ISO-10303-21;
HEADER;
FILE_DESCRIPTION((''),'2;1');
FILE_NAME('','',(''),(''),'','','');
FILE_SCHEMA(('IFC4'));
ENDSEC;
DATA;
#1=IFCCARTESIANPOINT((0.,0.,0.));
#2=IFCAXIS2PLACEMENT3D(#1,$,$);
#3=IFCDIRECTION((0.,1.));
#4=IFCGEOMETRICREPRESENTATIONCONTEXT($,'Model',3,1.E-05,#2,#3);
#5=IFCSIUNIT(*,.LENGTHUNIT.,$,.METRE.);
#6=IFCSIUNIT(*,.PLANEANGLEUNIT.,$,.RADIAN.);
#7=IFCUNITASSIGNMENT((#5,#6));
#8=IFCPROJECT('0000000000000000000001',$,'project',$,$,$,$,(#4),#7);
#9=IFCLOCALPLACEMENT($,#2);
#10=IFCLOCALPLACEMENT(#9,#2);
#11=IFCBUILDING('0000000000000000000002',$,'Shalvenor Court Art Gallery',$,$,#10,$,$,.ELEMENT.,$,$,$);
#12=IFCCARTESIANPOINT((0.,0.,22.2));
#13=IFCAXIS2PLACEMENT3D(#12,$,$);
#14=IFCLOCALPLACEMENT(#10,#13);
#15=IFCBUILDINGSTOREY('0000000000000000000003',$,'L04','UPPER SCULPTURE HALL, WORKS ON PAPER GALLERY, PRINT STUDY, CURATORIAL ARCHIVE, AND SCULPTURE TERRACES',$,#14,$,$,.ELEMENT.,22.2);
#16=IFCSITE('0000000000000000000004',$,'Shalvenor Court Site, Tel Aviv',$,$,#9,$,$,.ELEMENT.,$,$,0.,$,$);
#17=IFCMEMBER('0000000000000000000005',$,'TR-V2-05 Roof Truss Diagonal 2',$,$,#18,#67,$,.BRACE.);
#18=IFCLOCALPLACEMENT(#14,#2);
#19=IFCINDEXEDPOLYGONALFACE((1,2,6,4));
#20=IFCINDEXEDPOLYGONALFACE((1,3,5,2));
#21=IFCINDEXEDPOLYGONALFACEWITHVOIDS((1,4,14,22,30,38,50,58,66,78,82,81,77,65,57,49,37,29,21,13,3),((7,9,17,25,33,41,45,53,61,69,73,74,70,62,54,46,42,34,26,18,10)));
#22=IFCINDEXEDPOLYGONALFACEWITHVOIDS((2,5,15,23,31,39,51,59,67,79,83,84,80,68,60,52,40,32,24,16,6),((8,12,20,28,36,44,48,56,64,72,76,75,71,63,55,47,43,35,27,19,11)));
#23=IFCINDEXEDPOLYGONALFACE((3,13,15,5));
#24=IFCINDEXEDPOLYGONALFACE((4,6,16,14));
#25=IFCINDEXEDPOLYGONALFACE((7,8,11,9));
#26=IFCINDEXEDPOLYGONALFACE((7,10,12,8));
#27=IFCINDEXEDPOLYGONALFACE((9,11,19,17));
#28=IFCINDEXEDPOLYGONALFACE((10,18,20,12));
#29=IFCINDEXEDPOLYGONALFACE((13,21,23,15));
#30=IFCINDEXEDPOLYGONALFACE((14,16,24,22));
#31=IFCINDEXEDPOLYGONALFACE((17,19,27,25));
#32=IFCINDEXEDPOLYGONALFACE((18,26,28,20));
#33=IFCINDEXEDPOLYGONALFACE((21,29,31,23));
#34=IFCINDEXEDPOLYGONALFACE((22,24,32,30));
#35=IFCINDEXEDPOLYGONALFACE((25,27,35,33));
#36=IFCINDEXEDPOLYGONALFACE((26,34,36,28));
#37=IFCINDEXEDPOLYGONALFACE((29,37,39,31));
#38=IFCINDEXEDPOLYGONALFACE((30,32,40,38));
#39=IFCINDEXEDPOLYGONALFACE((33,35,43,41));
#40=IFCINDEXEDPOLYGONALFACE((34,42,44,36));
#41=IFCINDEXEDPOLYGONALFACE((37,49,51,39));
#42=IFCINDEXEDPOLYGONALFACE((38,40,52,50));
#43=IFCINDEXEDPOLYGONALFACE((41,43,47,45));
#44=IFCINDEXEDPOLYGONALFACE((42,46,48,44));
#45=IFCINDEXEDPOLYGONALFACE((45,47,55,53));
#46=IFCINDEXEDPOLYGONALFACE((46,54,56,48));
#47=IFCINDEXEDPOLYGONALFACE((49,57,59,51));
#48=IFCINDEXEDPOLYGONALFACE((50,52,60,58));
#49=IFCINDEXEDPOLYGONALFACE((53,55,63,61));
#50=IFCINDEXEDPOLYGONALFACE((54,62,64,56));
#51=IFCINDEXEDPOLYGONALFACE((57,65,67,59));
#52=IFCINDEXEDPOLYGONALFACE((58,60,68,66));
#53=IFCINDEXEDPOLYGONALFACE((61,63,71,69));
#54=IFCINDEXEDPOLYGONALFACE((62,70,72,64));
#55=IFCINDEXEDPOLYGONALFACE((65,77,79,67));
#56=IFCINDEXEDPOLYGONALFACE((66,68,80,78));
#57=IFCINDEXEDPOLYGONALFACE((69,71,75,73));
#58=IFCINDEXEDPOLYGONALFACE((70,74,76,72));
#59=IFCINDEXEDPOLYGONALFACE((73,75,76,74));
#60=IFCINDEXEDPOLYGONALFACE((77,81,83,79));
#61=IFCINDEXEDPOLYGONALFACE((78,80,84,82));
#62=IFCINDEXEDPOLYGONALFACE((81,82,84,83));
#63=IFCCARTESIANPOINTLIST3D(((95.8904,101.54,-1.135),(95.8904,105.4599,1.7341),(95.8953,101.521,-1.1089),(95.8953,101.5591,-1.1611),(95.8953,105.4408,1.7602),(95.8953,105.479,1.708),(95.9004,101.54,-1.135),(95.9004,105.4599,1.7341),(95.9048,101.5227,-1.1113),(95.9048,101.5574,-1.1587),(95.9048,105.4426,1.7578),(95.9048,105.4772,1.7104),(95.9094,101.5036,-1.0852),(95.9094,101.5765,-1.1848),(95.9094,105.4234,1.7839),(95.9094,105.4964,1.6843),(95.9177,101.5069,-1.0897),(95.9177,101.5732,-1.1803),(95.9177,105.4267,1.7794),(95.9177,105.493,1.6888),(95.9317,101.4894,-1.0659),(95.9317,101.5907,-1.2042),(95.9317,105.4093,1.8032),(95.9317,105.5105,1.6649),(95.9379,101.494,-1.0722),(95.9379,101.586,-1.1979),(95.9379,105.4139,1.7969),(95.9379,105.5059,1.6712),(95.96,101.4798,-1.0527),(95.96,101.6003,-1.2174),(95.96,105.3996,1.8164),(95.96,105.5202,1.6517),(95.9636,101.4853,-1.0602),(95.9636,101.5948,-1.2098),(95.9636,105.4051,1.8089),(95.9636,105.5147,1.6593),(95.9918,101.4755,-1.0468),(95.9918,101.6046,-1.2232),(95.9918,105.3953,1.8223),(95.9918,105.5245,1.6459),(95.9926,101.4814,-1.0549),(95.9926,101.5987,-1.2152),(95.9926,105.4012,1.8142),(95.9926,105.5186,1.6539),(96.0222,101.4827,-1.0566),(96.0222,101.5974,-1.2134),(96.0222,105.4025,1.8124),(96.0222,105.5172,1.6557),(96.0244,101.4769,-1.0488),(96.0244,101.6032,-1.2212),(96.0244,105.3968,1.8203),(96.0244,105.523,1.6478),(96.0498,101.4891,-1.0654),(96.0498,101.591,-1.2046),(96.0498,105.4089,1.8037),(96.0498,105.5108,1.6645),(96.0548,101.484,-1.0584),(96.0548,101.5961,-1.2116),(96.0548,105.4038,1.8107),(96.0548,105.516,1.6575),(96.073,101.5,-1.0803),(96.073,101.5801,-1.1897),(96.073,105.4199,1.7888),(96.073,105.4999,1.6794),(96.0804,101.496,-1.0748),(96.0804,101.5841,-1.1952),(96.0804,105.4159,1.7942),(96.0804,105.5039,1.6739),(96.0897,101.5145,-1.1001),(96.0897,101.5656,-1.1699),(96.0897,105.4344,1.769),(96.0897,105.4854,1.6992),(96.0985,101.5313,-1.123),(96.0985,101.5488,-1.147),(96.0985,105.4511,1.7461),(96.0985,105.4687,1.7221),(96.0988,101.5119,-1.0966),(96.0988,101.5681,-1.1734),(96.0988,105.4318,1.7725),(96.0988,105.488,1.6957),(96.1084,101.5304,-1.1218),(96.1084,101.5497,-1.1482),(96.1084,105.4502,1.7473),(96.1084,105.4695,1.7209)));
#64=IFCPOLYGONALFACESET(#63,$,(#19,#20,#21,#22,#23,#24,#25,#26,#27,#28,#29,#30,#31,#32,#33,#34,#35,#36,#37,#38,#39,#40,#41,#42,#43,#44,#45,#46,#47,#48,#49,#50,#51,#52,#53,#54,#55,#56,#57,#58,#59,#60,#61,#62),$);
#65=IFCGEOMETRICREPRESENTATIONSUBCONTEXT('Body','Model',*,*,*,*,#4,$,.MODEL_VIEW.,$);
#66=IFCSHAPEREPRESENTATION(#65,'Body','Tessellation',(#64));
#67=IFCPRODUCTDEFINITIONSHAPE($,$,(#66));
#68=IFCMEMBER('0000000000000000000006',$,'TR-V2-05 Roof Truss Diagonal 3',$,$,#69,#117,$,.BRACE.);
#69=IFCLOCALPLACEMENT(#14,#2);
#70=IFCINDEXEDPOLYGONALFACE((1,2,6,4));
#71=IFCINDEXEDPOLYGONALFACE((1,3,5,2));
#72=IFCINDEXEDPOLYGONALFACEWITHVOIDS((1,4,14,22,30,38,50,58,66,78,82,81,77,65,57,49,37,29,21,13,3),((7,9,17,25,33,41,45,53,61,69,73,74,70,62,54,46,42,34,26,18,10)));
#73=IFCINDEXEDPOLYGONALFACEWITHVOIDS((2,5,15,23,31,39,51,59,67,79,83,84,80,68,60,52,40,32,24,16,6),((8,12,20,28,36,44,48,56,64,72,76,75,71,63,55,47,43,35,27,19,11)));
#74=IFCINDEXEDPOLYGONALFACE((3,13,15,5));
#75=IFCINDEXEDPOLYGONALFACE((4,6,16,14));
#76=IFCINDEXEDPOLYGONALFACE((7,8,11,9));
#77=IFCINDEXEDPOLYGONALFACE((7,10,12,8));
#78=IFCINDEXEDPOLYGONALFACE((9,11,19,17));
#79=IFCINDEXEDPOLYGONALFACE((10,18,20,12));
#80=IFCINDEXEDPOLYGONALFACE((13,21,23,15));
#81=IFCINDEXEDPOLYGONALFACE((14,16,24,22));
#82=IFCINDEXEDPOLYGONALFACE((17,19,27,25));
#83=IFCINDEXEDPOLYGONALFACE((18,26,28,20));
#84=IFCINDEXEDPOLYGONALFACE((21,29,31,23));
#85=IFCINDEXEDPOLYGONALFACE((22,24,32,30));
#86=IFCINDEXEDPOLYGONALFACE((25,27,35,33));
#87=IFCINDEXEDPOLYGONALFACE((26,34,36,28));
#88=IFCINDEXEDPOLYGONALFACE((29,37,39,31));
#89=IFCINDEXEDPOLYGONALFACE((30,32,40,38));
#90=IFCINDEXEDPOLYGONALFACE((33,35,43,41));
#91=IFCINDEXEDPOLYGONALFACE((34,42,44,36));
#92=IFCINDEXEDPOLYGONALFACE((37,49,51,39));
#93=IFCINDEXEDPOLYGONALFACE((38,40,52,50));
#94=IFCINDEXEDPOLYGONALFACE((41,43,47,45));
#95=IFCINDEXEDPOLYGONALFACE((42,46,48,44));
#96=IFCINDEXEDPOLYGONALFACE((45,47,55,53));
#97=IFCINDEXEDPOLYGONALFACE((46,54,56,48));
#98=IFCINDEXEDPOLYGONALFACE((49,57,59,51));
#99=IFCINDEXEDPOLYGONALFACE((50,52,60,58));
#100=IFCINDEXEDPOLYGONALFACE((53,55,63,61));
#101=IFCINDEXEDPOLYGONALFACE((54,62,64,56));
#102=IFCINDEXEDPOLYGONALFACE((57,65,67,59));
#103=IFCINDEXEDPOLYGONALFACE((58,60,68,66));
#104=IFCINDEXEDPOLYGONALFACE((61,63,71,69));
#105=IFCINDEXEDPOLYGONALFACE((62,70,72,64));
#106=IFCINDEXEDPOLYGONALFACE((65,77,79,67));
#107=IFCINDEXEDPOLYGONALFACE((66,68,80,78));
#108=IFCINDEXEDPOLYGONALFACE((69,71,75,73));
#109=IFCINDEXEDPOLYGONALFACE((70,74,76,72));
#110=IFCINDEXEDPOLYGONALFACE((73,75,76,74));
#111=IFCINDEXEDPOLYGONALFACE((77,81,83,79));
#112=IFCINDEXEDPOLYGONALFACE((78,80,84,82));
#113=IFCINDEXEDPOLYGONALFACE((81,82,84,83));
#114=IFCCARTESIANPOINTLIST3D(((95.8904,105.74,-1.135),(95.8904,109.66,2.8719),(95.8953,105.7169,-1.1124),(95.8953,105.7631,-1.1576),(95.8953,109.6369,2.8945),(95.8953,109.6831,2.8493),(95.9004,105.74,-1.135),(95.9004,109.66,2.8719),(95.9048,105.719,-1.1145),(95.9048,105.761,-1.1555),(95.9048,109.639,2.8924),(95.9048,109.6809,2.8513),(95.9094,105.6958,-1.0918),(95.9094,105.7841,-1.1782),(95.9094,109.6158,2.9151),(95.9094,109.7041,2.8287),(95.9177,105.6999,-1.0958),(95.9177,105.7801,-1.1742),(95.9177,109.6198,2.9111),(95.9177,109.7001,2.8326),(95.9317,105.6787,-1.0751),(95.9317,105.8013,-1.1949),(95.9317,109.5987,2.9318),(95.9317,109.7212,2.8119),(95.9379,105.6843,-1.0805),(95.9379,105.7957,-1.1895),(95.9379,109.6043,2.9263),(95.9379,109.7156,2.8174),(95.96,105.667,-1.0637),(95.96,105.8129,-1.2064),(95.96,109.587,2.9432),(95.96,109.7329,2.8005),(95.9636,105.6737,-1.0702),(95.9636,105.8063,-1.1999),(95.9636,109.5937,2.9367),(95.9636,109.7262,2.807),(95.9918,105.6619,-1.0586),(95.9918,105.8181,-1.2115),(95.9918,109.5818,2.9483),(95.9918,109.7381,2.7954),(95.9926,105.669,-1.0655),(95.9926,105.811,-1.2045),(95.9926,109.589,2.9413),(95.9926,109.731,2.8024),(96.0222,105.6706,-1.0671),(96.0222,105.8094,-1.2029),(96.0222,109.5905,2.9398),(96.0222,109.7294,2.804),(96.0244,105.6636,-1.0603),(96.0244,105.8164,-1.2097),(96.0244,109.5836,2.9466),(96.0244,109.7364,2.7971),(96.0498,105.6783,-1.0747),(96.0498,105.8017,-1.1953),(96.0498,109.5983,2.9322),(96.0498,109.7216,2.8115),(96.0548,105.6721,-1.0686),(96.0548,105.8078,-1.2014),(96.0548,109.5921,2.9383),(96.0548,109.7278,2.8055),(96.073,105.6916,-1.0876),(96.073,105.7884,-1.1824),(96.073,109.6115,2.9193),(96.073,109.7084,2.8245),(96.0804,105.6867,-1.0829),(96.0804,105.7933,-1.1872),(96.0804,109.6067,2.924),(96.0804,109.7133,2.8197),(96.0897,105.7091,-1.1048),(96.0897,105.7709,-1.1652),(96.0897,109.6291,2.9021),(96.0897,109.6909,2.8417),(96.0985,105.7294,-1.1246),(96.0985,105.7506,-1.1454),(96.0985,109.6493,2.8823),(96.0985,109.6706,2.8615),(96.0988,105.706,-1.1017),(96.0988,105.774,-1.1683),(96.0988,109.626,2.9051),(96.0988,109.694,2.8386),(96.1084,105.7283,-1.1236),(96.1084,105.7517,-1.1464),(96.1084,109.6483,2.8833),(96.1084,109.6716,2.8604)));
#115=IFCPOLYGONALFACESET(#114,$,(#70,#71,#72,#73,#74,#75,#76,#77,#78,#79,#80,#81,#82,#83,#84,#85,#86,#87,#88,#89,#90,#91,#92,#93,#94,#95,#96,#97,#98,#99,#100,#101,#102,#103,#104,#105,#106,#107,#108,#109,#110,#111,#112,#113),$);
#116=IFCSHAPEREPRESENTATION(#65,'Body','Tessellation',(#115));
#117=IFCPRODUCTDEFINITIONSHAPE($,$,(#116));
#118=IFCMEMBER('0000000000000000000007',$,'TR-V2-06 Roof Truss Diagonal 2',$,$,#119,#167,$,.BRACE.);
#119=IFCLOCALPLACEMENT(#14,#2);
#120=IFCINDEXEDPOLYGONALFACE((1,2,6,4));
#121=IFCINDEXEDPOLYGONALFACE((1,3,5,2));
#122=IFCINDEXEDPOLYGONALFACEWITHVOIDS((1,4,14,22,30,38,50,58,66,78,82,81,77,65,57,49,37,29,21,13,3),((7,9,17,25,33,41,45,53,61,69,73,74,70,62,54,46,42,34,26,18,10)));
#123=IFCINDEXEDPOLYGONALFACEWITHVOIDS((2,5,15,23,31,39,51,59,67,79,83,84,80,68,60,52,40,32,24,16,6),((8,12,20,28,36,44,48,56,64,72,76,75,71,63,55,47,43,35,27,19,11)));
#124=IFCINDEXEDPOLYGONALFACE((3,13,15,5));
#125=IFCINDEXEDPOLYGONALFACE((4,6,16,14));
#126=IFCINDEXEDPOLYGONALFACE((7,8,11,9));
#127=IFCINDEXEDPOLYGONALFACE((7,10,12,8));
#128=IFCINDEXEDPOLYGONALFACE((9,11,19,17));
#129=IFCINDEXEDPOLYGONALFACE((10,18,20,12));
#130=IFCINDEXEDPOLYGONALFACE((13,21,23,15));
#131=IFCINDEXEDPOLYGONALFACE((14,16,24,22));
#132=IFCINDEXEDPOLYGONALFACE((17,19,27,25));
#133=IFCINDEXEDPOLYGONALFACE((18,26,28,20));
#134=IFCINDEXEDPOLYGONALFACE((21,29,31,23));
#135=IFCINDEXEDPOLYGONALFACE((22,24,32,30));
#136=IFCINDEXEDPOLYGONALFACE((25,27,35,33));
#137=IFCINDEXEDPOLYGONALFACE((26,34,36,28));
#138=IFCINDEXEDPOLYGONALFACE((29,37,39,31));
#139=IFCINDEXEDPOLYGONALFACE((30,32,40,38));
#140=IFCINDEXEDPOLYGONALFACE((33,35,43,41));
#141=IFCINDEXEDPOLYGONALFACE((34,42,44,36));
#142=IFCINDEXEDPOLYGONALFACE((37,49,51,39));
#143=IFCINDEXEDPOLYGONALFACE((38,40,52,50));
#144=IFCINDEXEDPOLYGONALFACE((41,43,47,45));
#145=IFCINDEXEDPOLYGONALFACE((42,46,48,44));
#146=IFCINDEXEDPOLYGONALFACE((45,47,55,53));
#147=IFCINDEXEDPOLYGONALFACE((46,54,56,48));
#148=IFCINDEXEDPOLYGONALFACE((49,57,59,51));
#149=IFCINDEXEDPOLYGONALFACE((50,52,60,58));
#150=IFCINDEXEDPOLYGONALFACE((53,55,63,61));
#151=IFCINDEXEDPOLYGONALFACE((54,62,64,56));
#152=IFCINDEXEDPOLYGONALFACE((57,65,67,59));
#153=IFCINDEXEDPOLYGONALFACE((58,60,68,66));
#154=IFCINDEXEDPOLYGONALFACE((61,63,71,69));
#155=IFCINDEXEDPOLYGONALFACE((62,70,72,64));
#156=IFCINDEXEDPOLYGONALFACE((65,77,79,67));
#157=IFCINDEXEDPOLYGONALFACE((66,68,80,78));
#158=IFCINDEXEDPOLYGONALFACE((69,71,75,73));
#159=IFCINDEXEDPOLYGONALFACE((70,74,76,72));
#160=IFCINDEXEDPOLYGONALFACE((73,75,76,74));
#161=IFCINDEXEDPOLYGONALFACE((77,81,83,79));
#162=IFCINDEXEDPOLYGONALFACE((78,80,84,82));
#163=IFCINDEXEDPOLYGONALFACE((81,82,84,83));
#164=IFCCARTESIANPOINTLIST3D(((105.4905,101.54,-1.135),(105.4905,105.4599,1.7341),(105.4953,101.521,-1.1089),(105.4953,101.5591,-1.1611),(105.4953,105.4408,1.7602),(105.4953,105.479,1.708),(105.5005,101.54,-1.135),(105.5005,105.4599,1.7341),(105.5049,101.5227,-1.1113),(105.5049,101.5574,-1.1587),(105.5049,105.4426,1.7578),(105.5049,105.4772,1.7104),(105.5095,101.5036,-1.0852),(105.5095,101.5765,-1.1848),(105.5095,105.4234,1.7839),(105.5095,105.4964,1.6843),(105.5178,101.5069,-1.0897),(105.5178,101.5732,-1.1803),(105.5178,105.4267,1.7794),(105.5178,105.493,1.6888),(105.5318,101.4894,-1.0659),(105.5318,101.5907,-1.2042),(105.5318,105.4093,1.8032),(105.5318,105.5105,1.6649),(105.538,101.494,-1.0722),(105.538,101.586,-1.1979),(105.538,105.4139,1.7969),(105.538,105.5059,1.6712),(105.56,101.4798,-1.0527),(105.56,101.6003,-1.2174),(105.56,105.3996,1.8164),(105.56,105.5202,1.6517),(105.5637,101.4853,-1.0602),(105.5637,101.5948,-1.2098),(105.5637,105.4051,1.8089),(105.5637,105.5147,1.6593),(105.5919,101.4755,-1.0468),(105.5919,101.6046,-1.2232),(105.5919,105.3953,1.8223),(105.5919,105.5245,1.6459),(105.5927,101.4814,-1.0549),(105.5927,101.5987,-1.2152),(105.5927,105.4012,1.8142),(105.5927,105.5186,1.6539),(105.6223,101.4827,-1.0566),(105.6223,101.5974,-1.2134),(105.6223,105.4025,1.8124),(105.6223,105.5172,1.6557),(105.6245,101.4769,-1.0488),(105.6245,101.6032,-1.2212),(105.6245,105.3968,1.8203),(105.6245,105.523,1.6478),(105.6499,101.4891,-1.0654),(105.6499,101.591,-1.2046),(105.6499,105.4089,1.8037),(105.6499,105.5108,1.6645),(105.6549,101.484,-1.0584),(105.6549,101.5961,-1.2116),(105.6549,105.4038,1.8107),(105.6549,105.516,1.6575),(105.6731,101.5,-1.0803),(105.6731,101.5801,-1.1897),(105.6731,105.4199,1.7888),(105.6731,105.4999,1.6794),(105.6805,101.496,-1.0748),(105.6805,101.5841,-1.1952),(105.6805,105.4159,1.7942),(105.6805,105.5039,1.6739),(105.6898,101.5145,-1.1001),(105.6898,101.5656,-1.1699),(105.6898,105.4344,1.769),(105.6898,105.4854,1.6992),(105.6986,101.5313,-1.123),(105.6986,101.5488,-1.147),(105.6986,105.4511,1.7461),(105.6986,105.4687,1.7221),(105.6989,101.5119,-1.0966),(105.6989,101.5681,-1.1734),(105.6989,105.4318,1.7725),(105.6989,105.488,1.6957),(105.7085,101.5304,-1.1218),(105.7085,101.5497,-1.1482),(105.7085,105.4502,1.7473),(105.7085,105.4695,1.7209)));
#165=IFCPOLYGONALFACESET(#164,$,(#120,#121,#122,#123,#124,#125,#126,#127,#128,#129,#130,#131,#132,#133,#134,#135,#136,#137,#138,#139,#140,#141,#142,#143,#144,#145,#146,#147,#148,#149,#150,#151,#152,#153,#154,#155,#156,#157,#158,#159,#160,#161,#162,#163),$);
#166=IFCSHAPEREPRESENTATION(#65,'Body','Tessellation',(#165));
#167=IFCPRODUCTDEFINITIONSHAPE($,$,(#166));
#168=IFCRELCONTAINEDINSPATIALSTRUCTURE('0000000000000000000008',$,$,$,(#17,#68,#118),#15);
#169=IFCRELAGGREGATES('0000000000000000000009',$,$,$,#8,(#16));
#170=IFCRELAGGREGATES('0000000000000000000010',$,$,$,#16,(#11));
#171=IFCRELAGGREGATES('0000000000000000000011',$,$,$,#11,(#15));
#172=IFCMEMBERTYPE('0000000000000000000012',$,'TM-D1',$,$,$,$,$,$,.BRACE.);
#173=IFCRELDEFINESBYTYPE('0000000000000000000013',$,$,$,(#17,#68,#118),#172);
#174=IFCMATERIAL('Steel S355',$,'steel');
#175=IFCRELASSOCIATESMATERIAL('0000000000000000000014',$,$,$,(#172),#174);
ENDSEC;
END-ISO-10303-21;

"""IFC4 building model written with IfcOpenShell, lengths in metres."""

from ifc_helpers import new_model, si_unit, direction, frame, origin, origin_2d, place, context, subcontext, project, spatial, hollow_circle, extrude, material, material_profile, profile_set, type_object, element, save


model = new_model("IFC4")

# Units and contexts
model_context = context("Model", 3, precision=1e-05, world=origin(), true_north=direction((0.0, 1.0)))
body_context = subcontext(model_context, "Body", "Model", "MODEL_VIEW")
ifc_project = project(units=[si_unit("LENGTHUNIT", "METRE"), si_unit("PLANEANGLEUNIT", "RADIAN")], contexts=[model_context])

# Site, building, storey
site_placement = place(None, origin())
site = spatial("IfcSite", under=ifc_project, at=site_placement, Name="Shalvenor Court Site, Tel Aviv", CompositionType="ELEMENT", RefElevation=0.0)
building_placement = place(site_placement, origin())
building = spatial("IfcBuilding", under=site, at=building_placement, Name="Shalvenor Court Art Gallery", CompositionType="ELEMENT")
storey_placement = place(building_placement, frame((0.0, 0.0, 22.2)))
storey = spatial("IfcBuildingStorey", under=building, at=storey_placement, Name="L04", Description="UPPER SCULPTURE HALL, WORKS ON PAPER GALLERY, PRINT STUDY, CURATORIAL ARCHIVE, AND SCULPTURE TERRACES", CompositionType="ELEMENT", Elevation=22.2)

# Members
ifc_material_1 = material(Name="Steel S355", Category="steel")
ifc_material_profile_1 = material_profile(ifc_material_1, hollow_circle(Radius=0.1096, WallThickness=0.01, at=origin_2d()), Name="CHS 219.1x10.0")
ifc_profile_set_1 = profile_set([ifc_material_profile_1], Name="Steel S355")
member_type_1 = type_object("IfcMemberType", Name="TM-D1", PredefinedType="BRACE", material=ifc_profile_set_1)
member_1_placement = place(storey_placement, frame((96.0, 101.54, -1.135), z_axis=(0.0, 0.806942, 0.590631), x_axis=(-1.0, 0.0, 0.0)))
element("IfcMember", 1, at=member_1_placement, inside=storey, type_object=member_type_1, Name="TR-V2-05 Roof Truss Diagonal 2", PredefinedType="BRACE", context=body_context, shape_type="SweptSolid", body=[
    extrude(hollow_circle(Radius=0.1096, WallThickness=0.01, at=origin_2d()), origin(), (0.0, 0.0, 1.0), 4.8577),
])
member_2_placement = place(storey_placement, frame((96.0, 105.74, -1.135), z_axis=(0.0, 0.699312, 0.714817), x_axis=(-1.0, 0.0, 0.0)))
element("IfcMember", 2, at=member_2_placement, inside=storey, type_object=member_type_1, Name="TR-V2-05 Roof Truss Diagonal 3", PredefinedType="BRACE", context=body_context, shape_type="SweptSolid", body=[
    extrude(hollow_circle(Radius=0.1096, WallThickness=0.01, at=origin_2d()), origin(), (0.0, 0.0, 1.0), 5.6055),
])
member_3_placement = place(storey_placement, frame((105.6001, 101.54, -1.135), z_axis=(0.0, 0.806942, 0.590631), x_axis=(-1.0, 0.0, 0.0)))
element("IfcMember", 3, at=member_3_placement, inside=storey, type_object=member_type_1, Name="TR-V2-06 Roof Truss Diagonal 2", PredefinedType="BRACE", context=body_context, shape_type="SweptSolid", body=[
    extrude(hollow_circle(Radius=0.1096, WallThickness=0.01, at=origin_2d()), origin(), (0.0, 0.0, 1.0), 4.8577),
])

save(model, "model.ifc")
